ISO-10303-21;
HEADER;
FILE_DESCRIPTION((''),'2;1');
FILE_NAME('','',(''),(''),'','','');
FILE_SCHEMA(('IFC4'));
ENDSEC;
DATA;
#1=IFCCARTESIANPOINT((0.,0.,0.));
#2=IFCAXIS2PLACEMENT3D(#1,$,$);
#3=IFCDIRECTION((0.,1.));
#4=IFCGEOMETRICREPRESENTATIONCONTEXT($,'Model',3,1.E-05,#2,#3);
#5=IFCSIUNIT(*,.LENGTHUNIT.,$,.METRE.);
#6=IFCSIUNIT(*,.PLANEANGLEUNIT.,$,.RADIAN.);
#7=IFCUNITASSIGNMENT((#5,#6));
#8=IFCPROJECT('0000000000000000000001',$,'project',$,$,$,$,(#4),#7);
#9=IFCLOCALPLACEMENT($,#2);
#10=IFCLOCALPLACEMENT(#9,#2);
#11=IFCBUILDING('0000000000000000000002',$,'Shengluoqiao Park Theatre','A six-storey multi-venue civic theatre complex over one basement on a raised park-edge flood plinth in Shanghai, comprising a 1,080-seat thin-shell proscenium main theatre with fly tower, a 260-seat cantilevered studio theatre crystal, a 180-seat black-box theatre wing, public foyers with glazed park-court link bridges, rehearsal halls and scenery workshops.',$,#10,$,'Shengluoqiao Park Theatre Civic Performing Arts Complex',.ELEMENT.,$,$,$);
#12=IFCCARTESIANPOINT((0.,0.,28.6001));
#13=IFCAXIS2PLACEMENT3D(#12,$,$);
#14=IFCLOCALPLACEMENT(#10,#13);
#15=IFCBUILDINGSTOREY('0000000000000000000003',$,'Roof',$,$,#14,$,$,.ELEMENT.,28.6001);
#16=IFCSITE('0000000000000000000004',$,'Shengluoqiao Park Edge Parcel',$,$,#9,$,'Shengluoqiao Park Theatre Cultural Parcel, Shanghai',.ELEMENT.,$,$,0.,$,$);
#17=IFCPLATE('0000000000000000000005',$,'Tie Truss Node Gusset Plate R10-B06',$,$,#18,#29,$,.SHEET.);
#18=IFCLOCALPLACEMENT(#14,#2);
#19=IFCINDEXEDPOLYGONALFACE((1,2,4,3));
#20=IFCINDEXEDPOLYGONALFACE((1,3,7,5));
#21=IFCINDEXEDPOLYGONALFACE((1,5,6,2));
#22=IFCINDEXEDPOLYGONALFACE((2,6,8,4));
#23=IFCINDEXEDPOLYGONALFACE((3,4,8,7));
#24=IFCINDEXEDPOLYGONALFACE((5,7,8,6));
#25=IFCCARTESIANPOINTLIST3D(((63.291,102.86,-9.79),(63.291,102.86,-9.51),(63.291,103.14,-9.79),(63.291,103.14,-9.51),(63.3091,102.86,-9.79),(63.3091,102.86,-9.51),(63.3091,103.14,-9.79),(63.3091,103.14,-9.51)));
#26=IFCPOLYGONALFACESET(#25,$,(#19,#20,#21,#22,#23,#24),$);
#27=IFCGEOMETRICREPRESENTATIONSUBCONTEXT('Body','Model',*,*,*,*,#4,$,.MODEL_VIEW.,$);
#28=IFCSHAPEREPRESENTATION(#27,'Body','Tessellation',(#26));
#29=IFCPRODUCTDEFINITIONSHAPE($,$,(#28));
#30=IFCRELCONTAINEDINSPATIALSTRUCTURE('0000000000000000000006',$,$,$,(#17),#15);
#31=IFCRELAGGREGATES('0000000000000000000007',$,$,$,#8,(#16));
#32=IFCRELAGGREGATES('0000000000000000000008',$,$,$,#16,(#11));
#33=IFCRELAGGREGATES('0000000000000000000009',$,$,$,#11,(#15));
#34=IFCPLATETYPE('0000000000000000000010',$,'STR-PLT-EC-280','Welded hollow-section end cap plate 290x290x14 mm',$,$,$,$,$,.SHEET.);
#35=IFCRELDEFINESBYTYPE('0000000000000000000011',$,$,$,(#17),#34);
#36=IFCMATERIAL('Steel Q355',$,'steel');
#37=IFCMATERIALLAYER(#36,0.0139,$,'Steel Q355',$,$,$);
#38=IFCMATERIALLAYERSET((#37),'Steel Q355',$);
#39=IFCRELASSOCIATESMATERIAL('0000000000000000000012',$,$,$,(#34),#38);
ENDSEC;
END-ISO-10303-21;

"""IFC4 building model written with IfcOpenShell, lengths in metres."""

from ifc_helpers import new_model, si_unit, direction, frame, origin, origin_2d, place, context, subcontext, project, spatial, rectangle, extrude, material, layer, layer_set, type_object, element, save


model = new_model("IFC4")

# Units and contexts
model_context = context("Model", 3, precision=1e-05, world=origin(), true_north=direction((0.0, 1.0)))
body_context = subcontext(model_context, "Body", "Model", "MODEL_VIEW")
ifc_project = project(units=[si_unit("LENGTHUNIT", "METRE"), si_unit("PLANEANGLEUNIT", "RADIAN")], contexts=[model_context])

# Site, building, storey
site_placement = place(None, origin())
site = spatial("IfcSite", under=ifc_project, at=site_placement, Name="Shengluoqiao Park Edge Parcel", LongName="Shengluoqiao Park Theatre Cultural Parcel, Shanghai", CompositionType="ELEMENT", RefElevation=0.0)
building_placement = place(site_placement, origin())
building = spatial("IfcBuilding", under=site, at=building_placement, Name="Shengluoqiao Park Theatre", Description="A six-storey multi-venue civic theatre complex over one basement on a raised park-edge flood plinth in Shanghai, comprising a 1,080-seat thin-shell proscenium main theatre with fly tower, a 260-seat cantilevered studio theatre crystal, a 180-seat black-box theatre wing, public foyers with glazed park-court link bridges, rehearsal halls and scenery workshops.", LongName="Shengluoqiao Park Theatre Civic Performing Arts Complex", CompositionType="ELEMENT")
storey_placement = place(building_placement, frame((0.0, 0.0, 28.6001)))
storey = spatial("IfcBuildingStorey", under=building, at=storey_placement, Name="Roof", CompositionType="ELEMENT", Elevation=28.6001)

# Shared definitions
ifc_material_1 = material(Name="Steel Q355", Category="steel")

# Plate
ifc_layer = layer(ifc_material_1, 0.0139, Name="Steel Q355")
ifc_layer_set = layer_set([ifc_layer], Name="Steel Q355")
plate_type = type_object("IfcPlateType", Name="STR-PLT-EC-280", Description="Welded hollow-section end cap plate 290x290x14 mm", PredefinedType="SHEET", material=ifc_layer_set)
for number, where, z_axis, x_axis, name in (
    (1, (63.3, 103.0, -9.79), (0.0, 0.0, 1.0), (1.0, 0.0, 0.0), "Tie Truss Node Gusset Plate R10-B06"),
):
    element("IfcPlate", number, at=place(storey_placement, frame(where, z_axis=z_axis, x_axis=x_axis)), inside=storey, type_object=plate_type, Name=name, PredefinedType="SHEET", context=body_context, shape_type="SweptSolid", body=[
        extrude(rectangle(XDim=0.0181, YDim=0.28, at=origin_2d()), origin(), (0.0, 0.0, 1.0), 0.28),
    ])

save(model, "model.ifc")
